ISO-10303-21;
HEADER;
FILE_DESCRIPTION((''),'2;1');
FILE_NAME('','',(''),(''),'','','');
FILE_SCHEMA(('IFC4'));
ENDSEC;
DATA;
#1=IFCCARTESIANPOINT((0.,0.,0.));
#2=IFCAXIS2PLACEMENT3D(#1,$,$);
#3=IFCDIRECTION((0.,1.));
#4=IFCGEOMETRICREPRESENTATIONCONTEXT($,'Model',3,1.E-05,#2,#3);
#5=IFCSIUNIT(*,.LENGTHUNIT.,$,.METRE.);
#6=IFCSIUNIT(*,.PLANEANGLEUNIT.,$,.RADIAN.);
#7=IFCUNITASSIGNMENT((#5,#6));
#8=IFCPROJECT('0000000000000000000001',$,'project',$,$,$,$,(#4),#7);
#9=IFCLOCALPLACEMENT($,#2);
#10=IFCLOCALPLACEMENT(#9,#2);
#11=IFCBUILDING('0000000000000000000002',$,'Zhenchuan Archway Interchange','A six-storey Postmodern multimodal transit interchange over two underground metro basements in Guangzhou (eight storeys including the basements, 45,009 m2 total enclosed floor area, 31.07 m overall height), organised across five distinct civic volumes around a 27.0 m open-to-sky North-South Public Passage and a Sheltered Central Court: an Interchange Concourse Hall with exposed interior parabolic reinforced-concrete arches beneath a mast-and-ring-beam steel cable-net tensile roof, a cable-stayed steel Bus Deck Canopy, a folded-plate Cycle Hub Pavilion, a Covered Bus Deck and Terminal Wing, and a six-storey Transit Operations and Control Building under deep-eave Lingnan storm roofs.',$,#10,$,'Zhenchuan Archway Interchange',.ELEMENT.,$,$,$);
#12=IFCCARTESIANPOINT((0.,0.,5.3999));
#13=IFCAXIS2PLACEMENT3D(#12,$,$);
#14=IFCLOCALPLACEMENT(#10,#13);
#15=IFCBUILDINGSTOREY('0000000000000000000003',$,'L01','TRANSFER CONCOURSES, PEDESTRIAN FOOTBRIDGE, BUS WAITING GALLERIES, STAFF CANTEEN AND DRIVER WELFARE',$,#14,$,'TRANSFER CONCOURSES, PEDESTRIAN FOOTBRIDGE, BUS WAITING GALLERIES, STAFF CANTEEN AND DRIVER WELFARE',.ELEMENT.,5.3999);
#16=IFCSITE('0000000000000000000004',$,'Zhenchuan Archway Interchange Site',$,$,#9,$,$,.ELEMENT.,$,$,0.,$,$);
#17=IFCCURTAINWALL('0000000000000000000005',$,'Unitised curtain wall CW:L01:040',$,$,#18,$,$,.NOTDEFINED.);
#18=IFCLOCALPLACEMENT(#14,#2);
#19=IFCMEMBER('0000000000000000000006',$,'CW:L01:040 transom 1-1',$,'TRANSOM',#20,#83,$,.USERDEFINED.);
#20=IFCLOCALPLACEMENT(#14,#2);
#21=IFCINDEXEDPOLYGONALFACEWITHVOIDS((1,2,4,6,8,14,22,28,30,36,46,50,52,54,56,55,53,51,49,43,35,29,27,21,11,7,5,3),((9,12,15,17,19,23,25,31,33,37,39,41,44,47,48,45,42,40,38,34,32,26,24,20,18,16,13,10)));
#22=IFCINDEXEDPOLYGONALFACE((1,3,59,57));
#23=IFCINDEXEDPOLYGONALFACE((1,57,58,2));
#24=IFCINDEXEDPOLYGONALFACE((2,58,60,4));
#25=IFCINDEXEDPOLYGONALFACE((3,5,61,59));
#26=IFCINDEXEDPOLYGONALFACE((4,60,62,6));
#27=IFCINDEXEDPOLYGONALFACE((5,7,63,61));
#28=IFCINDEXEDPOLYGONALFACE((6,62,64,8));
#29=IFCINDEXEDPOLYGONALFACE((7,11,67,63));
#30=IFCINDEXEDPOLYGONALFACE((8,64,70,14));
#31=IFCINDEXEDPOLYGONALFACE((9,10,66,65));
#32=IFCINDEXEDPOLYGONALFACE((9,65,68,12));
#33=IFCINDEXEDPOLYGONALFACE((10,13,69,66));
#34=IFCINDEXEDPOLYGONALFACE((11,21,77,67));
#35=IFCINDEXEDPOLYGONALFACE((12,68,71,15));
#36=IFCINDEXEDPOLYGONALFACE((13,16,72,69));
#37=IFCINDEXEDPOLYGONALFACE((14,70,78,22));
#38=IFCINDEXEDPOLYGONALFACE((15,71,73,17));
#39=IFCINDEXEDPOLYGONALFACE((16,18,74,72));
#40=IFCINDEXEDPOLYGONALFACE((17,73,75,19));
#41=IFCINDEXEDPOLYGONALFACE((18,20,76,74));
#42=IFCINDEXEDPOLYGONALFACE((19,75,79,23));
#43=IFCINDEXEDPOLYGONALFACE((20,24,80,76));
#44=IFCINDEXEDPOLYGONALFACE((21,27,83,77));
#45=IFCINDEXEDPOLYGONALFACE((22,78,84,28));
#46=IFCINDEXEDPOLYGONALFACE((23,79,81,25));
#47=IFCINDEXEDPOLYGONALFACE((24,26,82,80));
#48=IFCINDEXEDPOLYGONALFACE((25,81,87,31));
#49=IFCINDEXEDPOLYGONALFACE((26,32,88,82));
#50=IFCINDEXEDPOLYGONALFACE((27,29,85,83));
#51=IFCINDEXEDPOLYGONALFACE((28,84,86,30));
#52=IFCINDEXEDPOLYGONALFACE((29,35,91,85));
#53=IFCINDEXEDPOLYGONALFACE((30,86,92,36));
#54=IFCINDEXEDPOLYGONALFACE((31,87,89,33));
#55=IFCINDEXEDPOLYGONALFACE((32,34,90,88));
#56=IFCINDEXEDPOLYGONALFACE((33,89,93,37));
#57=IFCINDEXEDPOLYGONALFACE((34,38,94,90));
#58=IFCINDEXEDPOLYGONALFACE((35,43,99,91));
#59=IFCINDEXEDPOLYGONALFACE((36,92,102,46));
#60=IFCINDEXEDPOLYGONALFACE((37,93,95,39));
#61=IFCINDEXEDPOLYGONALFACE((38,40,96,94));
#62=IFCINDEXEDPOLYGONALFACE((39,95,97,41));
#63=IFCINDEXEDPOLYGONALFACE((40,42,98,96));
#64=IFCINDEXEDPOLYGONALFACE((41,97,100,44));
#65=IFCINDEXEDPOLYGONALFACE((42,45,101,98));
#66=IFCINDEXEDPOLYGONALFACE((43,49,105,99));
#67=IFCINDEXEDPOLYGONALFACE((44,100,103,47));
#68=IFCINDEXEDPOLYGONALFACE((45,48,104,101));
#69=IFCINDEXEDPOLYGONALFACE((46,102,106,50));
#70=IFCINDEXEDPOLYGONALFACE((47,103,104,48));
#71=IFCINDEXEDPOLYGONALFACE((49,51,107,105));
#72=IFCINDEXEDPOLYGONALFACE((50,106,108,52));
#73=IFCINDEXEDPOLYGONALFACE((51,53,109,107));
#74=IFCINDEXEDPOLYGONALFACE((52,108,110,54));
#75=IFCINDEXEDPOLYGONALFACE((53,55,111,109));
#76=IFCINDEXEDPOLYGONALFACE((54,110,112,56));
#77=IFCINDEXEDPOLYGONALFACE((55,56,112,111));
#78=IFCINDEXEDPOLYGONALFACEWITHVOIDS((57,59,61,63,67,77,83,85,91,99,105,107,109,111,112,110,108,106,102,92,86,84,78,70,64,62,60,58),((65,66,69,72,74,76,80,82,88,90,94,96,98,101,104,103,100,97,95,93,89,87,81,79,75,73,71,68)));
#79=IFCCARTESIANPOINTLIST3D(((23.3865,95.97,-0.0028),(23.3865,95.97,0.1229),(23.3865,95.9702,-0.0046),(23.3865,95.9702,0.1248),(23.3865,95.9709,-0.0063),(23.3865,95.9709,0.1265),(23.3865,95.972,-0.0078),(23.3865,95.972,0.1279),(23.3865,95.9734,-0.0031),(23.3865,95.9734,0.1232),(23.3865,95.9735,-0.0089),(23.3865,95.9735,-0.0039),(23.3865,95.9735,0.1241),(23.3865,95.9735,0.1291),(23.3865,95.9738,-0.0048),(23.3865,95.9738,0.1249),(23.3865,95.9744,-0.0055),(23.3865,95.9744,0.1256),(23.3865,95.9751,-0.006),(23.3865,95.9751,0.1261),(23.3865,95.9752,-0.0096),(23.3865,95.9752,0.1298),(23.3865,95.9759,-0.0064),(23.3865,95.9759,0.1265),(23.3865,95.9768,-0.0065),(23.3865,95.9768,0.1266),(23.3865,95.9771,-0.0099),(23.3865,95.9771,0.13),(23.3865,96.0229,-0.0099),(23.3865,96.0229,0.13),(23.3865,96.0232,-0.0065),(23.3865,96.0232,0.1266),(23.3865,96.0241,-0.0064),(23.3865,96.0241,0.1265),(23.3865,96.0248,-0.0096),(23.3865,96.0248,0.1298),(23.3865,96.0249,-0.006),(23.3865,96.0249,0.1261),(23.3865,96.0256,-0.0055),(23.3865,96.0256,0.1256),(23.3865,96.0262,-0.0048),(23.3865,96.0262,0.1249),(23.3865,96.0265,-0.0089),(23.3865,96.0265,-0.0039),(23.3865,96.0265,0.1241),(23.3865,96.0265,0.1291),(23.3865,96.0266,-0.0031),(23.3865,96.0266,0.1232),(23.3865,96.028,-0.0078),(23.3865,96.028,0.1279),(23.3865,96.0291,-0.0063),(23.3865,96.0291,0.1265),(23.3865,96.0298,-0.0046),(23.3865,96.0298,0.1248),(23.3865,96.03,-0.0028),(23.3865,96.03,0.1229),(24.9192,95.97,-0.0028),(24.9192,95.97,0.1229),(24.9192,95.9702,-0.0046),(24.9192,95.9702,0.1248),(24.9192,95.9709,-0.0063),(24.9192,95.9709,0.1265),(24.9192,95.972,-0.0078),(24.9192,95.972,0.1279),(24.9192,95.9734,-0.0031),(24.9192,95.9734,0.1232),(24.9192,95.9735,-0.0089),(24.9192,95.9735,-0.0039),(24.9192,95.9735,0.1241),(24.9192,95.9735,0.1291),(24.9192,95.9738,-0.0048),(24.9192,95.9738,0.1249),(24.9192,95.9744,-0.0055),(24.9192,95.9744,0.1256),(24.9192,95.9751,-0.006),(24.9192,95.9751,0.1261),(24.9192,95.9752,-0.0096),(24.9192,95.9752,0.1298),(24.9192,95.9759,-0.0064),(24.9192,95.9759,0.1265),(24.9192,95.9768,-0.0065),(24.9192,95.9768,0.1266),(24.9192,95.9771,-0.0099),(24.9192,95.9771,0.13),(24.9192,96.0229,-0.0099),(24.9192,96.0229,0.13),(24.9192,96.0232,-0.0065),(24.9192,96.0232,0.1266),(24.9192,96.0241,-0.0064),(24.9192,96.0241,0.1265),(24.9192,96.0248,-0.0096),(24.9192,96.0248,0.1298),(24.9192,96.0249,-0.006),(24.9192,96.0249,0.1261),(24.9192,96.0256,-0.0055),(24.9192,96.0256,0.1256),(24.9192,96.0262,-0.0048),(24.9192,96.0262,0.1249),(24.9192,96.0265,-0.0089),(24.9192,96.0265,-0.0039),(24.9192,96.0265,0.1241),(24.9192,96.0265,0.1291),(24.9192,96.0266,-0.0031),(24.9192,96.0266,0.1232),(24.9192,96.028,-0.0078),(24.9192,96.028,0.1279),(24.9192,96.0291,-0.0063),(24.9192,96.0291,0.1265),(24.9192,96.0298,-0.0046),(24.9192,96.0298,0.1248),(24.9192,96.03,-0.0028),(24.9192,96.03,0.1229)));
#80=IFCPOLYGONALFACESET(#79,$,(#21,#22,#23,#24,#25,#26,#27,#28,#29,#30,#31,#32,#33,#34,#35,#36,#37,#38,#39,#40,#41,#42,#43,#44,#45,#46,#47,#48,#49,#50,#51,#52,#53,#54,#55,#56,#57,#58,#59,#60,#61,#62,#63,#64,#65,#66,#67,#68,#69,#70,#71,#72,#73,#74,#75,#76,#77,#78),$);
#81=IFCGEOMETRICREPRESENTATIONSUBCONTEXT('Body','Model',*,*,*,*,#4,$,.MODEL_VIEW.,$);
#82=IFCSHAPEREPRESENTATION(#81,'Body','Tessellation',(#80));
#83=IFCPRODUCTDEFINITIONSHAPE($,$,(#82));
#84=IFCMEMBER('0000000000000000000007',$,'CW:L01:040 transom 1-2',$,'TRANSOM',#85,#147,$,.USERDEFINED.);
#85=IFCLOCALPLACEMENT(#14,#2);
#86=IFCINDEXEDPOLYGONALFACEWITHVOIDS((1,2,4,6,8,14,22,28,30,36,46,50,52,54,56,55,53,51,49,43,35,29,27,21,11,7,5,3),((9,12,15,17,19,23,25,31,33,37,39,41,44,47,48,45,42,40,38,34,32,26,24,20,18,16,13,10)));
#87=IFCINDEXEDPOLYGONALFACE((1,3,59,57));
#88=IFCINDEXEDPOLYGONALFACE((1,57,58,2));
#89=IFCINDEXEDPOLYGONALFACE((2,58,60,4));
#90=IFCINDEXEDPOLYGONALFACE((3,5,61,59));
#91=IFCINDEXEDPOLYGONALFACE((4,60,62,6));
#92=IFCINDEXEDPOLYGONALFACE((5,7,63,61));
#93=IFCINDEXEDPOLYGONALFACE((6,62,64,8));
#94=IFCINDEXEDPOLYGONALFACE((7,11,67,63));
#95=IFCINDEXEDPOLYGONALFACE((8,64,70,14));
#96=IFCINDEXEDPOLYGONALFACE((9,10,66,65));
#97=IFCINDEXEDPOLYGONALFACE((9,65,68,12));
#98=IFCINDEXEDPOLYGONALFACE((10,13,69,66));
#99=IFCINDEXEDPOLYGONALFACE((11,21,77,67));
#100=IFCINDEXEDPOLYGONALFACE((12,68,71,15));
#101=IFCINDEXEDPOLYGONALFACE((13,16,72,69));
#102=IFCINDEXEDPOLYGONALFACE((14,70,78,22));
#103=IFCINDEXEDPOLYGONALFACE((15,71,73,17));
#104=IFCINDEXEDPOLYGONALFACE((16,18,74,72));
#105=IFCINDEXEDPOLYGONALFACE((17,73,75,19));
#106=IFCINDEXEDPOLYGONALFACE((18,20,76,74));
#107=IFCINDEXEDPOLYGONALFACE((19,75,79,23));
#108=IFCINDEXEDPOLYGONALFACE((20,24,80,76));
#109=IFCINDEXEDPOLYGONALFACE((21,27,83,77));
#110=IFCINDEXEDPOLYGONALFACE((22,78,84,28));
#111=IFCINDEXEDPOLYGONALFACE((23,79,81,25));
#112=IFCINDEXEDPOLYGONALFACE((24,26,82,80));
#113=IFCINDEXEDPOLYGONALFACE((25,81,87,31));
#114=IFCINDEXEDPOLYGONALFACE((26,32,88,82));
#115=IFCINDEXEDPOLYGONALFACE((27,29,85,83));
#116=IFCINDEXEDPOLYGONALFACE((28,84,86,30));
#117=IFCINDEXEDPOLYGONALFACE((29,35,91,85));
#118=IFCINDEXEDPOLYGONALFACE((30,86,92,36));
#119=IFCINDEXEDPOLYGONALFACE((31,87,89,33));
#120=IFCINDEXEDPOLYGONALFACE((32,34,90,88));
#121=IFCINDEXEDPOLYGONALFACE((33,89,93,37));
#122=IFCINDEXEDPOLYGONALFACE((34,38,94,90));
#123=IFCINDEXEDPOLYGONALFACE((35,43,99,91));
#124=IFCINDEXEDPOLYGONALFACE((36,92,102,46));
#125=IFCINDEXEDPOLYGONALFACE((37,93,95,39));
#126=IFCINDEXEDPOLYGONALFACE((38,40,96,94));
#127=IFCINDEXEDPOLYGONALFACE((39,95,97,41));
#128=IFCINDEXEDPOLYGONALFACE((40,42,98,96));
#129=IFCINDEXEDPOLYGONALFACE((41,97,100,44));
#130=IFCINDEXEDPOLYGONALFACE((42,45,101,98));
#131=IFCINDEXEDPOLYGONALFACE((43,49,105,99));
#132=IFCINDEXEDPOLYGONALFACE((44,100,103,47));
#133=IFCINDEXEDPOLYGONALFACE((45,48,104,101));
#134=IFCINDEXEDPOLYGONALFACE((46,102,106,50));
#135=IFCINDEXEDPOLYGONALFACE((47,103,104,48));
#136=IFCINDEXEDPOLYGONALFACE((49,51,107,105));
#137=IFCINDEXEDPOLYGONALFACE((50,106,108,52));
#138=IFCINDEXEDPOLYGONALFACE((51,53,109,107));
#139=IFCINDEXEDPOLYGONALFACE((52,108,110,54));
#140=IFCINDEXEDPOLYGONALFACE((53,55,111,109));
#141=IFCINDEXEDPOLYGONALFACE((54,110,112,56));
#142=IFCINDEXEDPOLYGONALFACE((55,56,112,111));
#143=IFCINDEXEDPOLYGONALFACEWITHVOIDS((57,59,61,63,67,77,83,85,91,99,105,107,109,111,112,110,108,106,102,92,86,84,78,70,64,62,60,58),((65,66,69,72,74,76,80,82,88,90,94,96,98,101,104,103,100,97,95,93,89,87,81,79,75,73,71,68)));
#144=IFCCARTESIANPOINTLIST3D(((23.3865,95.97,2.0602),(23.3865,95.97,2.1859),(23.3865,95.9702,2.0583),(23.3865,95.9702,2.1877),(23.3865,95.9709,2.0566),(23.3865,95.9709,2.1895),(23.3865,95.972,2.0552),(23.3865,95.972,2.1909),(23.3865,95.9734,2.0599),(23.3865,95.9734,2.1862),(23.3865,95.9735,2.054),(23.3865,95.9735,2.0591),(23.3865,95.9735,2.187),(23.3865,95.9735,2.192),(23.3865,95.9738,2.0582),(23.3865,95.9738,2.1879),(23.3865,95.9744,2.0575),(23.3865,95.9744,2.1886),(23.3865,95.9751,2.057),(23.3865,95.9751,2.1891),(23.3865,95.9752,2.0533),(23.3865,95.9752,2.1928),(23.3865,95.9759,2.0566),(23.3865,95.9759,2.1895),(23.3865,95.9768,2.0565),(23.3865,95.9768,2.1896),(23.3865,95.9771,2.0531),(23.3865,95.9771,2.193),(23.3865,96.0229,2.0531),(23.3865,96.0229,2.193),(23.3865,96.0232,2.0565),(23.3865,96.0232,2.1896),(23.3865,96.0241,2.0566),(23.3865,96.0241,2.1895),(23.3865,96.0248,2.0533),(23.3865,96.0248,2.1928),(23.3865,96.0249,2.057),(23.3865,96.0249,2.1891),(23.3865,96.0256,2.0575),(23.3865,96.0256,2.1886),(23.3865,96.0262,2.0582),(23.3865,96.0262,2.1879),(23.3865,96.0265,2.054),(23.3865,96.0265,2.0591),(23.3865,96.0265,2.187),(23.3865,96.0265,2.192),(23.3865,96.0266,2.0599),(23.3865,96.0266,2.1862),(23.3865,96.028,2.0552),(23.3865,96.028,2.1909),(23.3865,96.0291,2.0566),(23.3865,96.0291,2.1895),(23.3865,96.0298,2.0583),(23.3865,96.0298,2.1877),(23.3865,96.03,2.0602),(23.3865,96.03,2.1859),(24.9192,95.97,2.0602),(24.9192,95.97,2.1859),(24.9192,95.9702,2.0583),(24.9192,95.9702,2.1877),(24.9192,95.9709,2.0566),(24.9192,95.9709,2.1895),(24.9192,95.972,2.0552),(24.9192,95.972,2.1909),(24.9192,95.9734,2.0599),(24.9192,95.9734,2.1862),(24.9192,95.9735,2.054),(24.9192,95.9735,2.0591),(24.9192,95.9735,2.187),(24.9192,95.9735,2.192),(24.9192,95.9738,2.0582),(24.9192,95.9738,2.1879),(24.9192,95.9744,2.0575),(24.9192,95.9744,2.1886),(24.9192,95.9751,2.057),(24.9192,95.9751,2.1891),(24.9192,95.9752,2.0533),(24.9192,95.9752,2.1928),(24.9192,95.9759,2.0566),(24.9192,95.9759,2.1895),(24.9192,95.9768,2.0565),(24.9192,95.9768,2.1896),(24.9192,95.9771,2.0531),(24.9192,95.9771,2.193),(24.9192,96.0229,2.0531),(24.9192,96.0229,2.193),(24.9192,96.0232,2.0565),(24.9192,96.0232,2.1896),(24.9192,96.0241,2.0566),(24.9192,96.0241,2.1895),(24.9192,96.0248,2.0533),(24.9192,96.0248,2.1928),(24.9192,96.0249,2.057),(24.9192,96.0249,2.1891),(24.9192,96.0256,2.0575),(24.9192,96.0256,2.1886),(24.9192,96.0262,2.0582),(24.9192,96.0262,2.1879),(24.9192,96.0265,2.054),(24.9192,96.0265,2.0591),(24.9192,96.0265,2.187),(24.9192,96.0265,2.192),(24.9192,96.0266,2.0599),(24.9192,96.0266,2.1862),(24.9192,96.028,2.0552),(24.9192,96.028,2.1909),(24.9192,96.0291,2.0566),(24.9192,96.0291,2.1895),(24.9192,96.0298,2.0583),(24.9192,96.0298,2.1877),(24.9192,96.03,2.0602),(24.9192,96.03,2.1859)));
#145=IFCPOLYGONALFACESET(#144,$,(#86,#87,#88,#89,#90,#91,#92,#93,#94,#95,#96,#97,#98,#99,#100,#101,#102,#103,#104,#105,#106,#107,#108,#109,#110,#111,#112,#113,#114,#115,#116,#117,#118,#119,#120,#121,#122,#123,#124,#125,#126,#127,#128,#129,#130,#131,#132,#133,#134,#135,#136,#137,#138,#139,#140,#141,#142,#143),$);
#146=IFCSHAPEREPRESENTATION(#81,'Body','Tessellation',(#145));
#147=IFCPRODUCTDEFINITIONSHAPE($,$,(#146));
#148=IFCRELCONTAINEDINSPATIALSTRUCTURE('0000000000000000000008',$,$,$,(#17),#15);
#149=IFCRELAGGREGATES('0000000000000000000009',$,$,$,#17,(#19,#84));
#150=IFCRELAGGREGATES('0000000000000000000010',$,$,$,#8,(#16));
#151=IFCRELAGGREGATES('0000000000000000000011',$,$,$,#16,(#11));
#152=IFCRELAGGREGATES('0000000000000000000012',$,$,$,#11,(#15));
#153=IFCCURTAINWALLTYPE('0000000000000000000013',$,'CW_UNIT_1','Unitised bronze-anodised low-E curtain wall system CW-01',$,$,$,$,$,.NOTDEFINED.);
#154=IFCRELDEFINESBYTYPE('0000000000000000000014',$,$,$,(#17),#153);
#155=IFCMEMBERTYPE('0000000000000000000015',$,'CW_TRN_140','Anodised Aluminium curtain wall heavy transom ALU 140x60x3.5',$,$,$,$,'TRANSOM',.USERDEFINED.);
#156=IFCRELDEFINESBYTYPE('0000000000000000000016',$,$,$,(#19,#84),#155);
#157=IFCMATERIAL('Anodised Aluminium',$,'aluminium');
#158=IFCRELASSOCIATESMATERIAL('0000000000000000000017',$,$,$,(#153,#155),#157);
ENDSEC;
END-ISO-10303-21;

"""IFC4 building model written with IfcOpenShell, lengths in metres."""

from ifc_helpers import new_model, si_unit, direction, frame, origin, origin_2d, place, context, subcontext, project, spatial, hollow_rectangle, extrude, material, material_profile, profile_set, type_object, element, aggregate, save


model = new_model("IFC4")

# Units and contexts
model_context = context("Model", 3, precision=1e-05, world=origin(), true_north=direction((0.0, 1.0)))
body_context = subcontext(model_context, "Body", "Model", "MODEL_VIEW")
ifc_project = project(units=[si_unit("LENGTHUNIT", "METRE"), si_unit("PLANEANGLEUNIT", "RADIAN")], contexts=[model_context])

# Site, building, storey
site_placement = place(None, origin())
site = spatial("IfcSite", under=ifc_project, at=site_placement, Name="Zhenchuan Archway Interchange Site", CompositionType="ELEMENT", RefElevation=0.0)
building_placement = place(site_placement, origin())
building = spatial("IfcBuilding", under=site, at=building_placement, Name="Zhenchuan Archway Interchange", Description="A six-storey Postmodern multimodal transit interchange over two underground metro basements in Guangzhou (eight storeys including the basements, 45,009 m2 total enclosed floor area, 31.07 m overall height), organised across five distinct civic volumes around a 27.0 m open-to-sky North-South Public Passage and a Sheltered Central Court: an Interchange Concourse Hall with exposed interior parabolic reinforced-concrete arches beneath a mast-and-ring-beam steel cable-net tensile roof, a cable-stayed steel Bus Deck Canopy, a folded-plate Cycle Hub Pavilion, a Covered Bus Deck and Terminal Wing, and a six-storey Transit Operations and Control Building under deep-eave Lingnan storm roofs.", LongName="Zhenchuan Archway Interchange", CompositionType="ELEMENT")
storey_placement = place(building_placement, frame((0.0, 0.0, 5.3999)))
storey = spatial("IfcBuildingStorey", under=building, at=storey_placement, Name="L01", Description="TRANSFER CONCOURSES, PEDESTRIAN FOOTBRIDGE, BUS WAITING GALLERIES, STAFF CANTEEN AND DRIVER WELFARE", LongName="TRANSFER CONCOURSES, PEDESTRIAN FOOTBRIDGE, BUS WAITING GALLERIES, STAFF CANTEEN AND DRIVER WELFARE", CompositionType="ELEMENT", Elevation=5.3999)

# Curtain wall
ifc_material_1 = material(Name="Anodised Aluminium", Category="aluminium")
curtain_wall_type_1 = type_object("IfcCurtainWallType", Name="CW_UNIT_1", Description="Unitised bronze-anodised low-E curtain wall system CW-01", PredefinedType="NOTDEFINED", material=ifc_material_1)
curtain_wall_1_placement = place(storey_placement, origin())
curtain_wall_1 = element("IfcCurtainWall", 1, at=curtain_wall_1_placement, inside=storey, type_object=curtain_wall_type_1, Name="Unitised curtain wall CW:L01:040", PredefinedType="NOTDEFINED")

# Members
ifc_material_profile_1 = material_profile(ifc_material_1, hollow_rectangle(XDim=0.0601, YDim=0.1399, WallThickness=0.0034, InnerFilletRadius=0.0034, OuterFilletRadius=0.0071, at=origin_2d()), Name="ALU 140x60x3.5")
ifc_profile_set_1 = profile_set([ifc_material_profile_1], Name="Anodised Aluminium")
member_type_1 = type_object("IfcMemberType", Name="CW_TRN_140", Description="Anodised Aluminium curtain wall heavy transom ALU 140x60x3.5", ElementType="TRANSOM", PredefinedType="USERDEFINED", material=ifc_profile_set_1)
member_1_placement = place(storey_placement, frame((24.9192, 96.0, 0.0601), z_axis=(-1.0, 0.0, 0.0), x_axis=(0.0, -1.0, 0.0)))
member_1 = element("IfcMember", 2, at=member_1_placement, type_object=member_type_1, Name="CW:L01:040 transom 1-1", ObjectType="TRANSOM", PredefinedType="USERDEFINED", context=body_context, shape_type="SweptSolid", body=[
    extrude(hollow_rectangle(XDim=0.0601, YDim=0.1399, WallThickness=0.0034, InnerFilletRadius=0.0034, OuterFilletRadius=0.0071, at=origin_2d()), origin(), (0.0, 0.0, 1.0), 1.5327),
])
member_2_placement = place(storey_placement, frame((24.9192, 96.0, 2.123), z_axis=(-1.0, 0.0, 0.0), x_axis=(0.0, -1.0, 0.0)))
member_2 = element("IfcMember", 3, at=member_2_placement, type_object=member_type_1, Name="CW:L01:040 transom 1-2", ObjectType="TRANSOM", PredefinedType="USERDEFINED", context=body_context, shape_type="SweptSolid", body=[
    extrude(hollow_rectangle(XDim=0.0601, YDim=0.1399, WallThickness=0.0034, InnerFilletRadius=0.0034, OuterFilletRadius=0.0071, at=origin_2d()), origin(), (0.0, 0.0, 1.0), 1.5327),
])

aggregate(curtain_wall_1, [member_1, member_2])

save(model, "model.ifc")
